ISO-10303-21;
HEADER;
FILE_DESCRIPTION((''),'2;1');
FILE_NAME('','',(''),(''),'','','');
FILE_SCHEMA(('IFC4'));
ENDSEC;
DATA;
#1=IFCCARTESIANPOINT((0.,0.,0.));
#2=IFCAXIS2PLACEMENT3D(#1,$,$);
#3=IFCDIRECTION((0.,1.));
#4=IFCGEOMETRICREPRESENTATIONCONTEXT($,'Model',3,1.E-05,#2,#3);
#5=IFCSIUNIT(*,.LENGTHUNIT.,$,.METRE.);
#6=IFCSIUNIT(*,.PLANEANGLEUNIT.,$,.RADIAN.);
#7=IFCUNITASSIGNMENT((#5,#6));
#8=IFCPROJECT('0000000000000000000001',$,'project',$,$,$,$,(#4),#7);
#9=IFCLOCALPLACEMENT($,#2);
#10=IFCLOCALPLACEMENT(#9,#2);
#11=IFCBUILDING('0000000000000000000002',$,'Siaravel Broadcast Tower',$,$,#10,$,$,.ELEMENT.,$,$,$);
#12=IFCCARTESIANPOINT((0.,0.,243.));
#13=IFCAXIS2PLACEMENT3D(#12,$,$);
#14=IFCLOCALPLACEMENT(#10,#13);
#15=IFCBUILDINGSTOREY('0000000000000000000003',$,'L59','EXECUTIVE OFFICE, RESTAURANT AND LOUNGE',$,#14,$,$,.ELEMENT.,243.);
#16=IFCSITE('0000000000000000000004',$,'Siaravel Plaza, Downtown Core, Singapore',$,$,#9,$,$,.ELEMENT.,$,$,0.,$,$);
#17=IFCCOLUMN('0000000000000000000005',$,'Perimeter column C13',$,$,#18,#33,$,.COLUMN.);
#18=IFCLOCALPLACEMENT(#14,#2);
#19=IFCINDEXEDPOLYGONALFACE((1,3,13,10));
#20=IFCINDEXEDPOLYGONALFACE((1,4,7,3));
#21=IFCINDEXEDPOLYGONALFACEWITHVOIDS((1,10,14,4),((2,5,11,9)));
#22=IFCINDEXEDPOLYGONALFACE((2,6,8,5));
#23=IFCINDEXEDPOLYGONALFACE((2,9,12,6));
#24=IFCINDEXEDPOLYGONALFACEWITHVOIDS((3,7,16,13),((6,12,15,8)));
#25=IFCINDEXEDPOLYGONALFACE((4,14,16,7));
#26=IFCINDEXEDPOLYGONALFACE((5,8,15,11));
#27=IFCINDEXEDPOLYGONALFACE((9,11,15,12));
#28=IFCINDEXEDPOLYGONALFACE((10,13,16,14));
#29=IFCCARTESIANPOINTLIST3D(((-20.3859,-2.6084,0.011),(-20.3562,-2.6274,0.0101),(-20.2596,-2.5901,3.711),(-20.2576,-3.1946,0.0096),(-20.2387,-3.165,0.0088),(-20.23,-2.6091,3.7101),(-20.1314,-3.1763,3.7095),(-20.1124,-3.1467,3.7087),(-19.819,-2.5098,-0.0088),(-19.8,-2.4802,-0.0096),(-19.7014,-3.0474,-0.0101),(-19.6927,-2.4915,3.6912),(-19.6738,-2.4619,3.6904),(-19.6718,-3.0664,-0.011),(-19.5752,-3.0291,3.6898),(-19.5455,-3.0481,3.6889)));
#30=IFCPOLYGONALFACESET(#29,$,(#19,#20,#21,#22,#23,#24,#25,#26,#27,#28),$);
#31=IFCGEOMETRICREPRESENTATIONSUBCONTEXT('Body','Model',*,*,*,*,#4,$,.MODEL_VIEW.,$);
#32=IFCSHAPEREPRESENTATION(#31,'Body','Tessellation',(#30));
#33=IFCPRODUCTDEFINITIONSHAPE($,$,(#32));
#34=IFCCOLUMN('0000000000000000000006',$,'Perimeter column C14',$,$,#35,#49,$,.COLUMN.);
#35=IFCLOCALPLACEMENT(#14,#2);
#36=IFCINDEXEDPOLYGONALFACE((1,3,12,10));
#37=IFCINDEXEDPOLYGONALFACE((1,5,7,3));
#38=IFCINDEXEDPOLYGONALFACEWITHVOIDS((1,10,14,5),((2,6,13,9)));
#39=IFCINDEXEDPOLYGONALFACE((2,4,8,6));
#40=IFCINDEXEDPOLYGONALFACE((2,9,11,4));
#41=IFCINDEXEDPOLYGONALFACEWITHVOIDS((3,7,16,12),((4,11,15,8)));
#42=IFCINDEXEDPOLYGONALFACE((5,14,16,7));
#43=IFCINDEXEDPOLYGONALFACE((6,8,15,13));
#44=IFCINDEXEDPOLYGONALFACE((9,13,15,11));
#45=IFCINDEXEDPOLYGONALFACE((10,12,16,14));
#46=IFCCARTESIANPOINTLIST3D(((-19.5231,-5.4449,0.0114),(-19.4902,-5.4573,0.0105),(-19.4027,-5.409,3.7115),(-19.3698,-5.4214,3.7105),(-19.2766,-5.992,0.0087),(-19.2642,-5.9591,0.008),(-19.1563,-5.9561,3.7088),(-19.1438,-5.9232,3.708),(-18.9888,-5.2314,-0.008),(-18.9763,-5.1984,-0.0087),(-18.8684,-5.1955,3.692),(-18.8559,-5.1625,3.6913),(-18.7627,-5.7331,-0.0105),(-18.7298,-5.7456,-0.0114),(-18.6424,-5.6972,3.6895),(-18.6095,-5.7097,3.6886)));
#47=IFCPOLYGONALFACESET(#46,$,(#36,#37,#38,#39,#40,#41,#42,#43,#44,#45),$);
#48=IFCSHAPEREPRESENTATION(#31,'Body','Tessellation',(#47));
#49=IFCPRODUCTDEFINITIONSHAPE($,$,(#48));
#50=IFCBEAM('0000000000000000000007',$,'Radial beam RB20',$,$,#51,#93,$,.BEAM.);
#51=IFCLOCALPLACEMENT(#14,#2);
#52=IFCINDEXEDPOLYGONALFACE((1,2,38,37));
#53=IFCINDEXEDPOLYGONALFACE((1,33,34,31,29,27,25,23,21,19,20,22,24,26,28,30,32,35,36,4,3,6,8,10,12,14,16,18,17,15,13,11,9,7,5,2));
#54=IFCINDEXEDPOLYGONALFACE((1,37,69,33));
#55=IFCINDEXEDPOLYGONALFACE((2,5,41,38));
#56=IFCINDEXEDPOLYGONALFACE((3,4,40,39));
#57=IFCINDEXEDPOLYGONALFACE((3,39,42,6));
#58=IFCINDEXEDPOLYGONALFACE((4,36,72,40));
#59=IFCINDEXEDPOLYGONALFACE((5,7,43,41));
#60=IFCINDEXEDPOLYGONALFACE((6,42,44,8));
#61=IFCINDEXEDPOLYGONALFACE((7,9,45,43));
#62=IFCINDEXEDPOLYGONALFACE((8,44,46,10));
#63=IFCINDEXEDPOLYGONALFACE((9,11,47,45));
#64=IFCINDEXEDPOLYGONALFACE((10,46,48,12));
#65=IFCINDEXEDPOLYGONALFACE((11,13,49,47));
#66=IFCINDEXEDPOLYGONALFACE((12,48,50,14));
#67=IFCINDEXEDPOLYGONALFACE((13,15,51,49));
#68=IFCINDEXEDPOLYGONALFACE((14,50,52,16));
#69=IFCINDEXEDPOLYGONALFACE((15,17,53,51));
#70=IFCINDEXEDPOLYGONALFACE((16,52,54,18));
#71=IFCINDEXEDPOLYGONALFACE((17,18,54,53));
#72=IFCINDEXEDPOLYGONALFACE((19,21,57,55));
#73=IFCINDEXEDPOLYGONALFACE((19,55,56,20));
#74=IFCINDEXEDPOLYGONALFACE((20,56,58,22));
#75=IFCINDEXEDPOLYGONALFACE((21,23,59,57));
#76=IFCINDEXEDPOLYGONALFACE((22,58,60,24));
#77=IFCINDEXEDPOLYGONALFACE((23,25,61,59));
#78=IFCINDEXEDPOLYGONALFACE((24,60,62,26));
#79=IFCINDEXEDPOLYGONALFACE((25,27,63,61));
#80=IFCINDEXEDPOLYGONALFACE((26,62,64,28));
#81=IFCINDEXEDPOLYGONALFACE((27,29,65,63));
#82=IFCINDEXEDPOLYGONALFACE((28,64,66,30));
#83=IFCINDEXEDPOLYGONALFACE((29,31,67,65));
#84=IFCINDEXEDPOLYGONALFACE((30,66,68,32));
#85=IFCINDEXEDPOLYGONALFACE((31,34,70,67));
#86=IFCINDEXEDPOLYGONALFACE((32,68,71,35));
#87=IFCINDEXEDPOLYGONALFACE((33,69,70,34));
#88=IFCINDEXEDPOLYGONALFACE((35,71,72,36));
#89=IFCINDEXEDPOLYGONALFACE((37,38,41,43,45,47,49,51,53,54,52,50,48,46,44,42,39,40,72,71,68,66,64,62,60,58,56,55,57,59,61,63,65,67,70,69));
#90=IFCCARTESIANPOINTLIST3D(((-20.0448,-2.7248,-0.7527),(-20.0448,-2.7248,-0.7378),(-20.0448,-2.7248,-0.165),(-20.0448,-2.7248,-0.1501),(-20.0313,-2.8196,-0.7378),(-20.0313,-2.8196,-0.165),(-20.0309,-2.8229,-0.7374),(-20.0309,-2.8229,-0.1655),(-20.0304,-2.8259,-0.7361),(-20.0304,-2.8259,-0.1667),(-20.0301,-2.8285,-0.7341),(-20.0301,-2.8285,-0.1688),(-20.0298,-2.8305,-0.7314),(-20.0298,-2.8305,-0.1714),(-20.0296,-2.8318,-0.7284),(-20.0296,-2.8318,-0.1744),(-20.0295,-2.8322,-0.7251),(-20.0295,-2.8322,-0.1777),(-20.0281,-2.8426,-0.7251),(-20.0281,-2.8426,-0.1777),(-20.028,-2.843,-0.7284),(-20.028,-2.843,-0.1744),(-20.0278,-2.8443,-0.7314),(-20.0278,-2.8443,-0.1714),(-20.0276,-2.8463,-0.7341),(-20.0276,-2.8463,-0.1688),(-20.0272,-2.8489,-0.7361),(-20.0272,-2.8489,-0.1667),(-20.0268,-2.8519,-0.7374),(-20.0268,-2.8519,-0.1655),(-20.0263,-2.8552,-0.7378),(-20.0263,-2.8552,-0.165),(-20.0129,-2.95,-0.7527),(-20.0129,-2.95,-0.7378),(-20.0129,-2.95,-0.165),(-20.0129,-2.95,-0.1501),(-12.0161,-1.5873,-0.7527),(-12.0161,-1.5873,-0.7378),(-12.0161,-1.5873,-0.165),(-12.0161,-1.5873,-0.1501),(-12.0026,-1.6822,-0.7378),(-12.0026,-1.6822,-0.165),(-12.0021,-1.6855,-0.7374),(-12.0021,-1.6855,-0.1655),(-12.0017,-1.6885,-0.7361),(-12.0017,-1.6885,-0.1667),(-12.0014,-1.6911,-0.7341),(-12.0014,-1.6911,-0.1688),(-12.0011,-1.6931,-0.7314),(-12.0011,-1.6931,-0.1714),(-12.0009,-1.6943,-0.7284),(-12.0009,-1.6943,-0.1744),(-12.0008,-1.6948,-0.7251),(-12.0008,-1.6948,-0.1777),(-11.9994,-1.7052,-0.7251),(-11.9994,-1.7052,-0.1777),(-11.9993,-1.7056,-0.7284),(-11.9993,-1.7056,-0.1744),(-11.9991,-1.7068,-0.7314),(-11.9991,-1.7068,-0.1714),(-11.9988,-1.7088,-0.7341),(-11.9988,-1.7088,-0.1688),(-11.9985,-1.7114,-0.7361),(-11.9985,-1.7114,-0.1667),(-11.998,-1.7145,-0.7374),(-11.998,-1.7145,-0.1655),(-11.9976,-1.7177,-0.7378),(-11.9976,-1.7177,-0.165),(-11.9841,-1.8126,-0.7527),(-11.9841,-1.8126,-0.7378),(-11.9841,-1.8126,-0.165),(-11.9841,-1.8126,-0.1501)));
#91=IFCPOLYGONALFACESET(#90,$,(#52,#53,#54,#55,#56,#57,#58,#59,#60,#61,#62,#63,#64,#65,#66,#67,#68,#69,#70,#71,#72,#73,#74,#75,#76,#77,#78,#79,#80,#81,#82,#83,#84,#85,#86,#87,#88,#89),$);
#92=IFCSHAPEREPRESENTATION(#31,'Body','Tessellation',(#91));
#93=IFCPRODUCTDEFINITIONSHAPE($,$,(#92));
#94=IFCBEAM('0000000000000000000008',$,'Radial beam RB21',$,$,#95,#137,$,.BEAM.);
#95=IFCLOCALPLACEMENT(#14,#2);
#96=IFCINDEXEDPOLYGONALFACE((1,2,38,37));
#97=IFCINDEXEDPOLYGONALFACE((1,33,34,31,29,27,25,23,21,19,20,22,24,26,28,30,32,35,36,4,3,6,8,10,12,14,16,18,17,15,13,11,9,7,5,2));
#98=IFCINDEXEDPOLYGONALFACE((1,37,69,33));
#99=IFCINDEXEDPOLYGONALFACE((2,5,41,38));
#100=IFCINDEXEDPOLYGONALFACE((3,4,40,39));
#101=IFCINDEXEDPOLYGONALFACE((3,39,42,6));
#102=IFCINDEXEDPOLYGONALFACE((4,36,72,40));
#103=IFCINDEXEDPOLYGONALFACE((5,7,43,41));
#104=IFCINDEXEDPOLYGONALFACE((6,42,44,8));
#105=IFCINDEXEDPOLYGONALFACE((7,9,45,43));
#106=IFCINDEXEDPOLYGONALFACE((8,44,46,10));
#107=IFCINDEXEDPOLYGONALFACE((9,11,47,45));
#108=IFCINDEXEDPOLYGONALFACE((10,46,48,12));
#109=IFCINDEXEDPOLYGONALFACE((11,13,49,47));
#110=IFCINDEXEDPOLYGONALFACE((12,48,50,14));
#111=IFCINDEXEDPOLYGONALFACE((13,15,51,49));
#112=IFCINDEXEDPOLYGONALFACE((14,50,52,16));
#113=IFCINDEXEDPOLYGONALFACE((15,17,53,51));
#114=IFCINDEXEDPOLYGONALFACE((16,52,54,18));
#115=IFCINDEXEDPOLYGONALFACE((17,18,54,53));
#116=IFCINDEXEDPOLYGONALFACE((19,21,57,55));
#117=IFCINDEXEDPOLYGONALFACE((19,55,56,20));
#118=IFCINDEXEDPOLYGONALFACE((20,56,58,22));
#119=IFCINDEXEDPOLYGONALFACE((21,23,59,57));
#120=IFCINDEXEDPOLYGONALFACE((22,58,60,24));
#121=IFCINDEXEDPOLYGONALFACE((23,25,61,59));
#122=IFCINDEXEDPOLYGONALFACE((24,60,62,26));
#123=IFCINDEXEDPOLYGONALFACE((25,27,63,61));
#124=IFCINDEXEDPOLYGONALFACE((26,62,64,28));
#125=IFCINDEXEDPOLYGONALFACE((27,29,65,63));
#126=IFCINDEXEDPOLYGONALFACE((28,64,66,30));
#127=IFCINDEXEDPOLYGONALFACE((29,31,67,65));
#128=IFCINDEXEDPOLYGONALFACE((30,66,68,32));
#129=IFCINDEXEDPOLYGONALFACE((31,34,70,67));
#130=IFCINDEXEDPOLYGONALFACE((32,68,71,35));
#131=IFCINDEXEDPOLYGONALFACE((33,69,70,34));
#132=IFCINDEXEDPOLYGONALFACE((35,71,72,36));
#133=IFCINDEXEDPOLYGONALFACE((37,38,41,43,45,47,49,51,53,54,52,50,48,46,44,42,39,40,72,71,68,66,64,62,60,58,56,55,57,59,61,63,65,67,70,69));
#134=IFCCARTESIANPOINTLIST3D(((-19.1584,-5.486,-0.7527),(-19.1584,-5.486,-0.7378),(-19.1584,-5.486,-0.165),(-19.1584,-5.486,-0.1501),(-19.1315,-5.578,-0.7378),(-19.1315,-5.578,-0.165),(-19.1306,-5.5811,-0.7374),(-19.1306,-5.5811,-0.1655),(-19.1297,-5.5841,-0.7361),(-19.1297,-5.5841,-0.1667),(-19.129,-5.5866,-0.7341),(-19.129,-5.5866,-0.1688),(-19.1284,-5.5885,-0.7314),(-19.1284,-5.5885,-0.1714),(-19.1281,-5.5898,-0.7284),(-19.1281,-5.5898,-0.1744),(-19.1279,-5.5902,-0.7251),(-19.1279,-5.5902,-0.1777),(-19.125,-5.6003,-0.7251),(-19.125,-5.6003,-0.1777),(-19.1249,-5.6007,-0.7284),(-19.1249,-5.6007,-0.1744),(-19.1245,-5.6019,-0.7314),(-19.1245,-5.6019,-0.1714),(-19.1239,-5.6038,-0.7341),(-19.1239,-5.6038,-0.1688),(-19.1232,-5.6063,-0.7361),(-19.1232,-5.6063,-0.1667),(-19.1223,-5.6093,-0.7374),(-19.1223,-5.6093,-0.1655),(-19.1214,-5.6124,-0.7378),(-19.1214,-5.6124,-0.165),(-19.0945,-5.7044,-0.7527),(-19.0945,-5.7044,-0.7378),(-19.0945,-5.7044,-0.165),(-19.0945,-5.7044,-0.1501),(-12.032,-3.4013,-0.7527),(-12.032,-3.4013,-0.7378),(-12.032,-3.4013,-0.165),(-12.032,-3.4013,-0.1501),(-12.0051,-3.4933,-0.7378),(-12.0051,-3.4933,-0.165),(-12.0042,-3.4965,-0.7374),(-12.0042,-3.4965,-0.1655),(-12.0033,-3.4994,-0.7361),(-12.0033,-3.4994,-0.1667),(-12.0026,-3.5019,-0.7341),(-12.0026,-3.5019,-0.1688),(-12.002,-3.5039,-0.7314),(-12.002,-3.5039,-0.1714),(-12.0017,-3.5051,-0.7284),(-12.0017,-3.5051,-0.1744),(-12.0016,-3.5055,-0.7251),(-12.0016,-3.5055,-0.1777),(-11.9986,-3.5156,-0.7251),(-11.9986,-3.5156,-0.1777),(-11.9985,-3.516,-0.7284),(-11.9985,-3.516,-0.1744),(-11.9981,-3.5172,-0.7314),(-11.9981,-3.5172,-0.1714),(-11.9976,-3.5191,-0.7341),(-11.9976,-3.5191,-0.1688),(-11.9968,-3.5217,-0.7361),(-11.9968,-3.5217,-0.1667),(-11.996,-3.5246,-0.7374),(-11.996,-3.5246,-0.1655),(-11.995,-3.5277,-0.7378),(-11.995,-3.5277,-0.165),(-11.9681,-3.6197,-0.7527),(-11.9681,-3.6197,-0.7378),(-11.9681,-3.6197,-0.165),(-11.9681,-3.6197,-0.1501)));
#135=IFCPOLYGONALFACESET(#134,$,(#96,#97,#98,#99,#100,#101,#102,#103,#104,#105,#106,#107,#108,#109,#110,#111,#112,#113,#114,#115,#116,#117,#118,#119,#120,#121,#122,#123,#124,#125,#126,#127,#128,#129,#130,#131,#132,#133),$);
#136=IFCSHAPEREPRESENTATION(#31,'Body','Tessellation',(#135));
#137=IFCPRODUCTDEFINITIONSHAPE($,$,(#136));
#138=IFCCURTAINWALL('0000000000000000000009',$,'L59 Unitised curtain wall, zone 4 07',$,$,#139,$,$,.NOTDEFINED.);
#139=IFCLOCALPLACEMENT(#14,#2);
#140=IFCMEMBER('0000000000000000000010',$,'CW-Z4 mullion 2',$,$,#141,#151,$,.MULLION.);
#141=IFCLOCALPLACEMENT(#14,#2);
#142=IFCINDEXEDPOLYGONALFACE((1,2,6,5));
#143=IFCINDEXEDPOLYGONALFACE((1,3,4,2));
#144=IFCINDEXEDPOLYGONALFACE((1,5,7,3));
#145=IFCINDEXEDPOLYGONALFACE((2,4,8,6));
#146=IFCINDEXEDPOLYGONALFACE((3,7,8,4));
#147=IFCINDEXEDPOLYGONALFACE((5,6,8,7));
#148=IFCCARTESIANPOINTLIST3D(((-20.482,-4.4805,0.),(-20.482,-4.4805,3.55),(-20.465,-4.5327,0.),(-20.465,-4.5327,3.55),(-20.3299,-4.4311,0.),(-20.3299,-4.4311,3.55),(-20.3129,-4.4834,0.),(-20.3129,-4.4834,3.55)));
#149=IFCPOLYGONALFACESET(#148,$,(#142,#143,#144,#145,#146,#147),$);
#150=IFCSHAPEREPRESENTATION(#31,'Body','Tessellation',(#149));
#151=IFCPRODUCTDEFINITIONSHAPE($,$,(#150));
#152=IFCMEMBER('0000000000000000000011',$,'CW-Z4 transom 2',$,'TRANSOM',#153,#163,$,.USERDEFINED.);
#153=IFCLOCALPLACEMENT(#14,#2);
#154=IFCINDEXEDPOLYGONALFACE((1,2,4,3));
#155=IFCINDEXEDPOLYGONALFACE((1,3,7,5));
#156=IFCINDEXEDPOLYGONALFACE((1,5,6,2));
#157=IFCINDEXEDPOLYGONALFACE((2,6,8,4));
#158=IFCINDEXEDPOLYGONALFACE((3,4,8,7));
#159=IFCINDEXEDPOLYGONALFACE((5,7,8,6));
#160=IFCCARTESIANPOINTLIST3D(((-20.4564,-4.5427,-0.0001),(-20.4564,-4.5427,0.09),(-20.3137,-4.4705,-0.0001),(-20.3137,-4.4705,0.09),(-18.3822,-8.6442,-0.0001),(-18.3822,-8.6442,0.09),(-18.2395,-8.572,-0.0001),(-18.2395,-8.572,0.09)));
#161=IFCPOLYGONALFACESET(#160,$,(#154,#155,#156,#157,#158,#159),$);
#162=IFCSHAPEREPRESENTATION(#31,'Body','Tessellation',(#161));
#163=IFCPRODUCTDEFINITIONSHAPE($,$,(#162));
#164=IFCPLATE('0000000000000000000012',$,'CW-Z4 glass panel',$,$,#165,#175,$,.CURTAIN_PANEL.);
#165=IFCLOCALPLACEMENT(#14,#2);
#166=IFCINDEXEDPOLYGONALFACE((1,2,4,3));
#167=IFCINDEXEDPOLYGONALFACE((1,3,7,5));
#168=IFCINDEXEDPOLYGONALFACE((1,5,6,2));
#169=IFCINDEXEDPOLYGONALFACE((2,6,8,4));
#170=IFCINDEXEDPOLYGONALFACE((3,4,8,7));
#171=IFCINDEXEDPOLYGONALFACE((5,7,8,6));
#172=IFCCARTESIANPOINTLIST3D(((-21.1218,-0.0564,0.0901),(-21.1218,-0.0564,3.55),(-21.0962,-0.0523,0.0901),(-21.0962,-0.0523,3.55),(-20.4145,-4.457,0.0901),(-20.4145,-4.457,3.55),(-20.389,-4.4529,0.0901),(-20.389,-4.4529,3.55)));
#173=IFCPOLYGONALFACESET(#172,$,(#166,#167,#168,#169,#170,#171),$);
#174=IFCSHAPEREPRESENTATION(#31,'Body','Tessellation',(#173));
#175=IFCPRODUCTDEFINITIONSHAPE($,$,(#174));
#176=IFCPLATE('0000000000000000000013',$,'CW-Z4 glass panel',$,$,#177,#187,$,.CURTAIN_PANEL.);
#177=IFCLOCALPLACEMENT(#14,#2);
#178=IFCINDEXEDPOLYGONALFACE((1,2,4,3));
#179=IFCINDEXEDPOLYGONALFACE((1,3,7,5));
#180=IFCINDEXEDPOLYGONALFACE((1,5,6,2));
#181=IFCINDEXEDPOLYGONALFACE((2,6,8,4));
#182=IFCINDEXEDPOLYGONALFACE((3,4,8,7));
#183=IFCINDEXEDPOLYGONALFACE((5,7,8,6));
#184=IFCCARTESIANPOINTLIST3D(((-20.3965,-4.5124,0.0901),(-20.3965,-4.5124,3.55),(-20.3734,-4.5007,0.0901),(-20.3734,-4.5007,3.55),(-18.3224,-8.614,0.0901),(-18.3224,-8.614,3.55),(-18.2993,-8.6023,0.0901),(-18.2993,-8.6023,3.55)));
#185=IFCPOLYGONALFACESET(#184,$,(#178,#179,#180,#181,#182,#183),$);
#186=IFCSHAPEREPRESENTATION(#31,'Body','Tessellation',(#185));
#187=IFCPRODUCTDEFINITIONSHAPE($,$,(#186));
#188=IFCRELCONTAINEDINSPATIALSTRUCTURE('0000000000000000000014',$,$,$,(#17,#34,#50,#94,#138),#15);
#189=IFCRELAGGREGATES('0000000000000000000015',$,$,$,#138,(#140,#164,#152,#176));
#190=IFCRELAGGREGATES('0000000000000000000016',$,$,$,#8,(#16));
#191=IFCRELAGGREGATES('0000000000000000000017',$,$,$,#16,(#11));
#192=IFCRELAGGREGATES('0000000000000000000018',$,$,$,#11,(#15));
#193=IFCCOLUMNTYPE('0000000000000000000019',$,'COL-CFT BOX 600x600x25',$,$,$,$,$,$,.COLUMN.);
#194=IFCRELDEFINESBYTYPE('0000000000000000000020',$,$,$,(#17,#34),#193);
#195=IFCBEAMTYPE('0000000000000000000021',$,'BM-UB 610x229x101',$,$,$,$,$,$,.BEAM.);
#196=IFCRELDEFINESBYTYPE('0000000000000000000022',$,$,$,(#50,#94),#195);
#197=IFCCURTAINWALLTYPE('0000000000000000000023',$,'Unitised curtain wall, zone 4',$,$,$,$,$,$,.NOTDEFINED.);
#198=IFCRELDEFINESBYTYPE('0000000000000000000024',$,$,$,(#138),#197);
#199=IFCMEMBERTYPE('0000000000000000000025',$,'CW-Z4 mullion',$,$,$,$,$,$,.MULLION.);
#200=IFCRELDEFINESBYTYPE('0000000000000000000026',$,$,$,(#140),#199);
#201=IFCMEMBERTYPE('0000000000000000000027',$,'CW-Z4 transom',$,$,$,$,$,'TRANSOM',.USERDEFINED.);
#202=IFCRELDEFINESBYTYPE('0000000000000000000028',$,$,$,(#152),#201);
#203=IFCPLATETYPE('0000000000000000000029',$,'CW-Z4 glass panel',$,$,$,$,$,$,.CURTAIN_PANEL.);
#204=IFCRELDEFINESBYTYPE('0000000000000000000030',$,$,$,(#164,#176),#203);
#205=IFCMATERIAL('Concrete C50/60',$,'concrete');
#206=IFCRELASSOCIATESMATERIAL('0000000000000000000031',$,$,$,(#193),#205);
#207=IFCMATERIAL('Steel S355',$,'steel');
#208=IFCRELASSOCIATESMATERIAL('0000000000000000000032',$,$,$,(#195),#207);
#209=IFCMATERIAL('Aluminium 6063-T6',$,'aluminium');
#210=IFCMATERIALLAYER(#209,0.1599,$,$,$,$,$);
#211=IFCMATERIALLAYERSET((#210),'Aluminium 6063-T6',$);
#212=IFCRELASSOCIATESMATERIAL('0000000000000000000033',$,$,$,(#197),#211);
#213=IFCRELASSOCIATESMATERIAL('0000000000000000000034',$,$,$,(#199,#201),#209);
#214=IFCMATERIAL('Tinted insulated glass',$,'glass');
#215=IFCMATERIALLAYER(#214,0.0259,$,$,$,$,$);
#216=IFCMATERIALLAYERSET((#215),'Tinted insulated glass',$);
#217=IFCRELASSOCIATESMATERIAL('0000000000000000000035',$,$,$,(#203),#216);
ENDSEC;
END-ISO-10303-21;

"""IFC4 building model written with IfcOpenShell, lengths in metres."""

from ifc_helpers import new_model, si_unit, direction, frame, origin, origin_2d, place, context, subcontext, project, spatial, rectangle, hollow_rectangle, i_section, extrude, material, layer, layer_set, material_profile, profile_set, type_object, element, aggregate, save


model = new_model("IFC4")

# Units and contexts
model_context = context("Model", 3, precision=1e-05, world=origin(), true_north=direction((0.0, 1.0)))
body_context = subcontext(model_context, "Body", "Model", "MODEL_VIEW")
ifc_project = project(units=[si_unit("LENGTHUNIT", "METRE"), si_unit("PLANEANGLEUNIT", "RADIAN")], contexts=[model_context])

# Site, building, storey
site_placement = place(None, origin())
site = spatial("IfcSite", under=ifc_project, at=site_placement, Name="Siaravel Plaza, Downtown Core, Singapore", CompositionType="ELEMENT", RefElevation=0.0)
building_placement = place(site_placement, origin())
building = spatial("IfcBuilding", under=site, at=building_placement, Name="Siaravel Broadcast Tower", CompositionType="ELEMENT")
storey_placement = place(building_placement, frame((0.0, 0.0, 243.0)))
storey = spatial("IfcBuildingStorey", under=building, at=storey_placement, Name="L59", Description="EXECUTIVE OFFICE, RESTAURANT AND LOUNGE", CompositionType="ELEMENT", Elevation=243.0)

# Columns
ifc_material_1 = material(Name="Concrete C50/60", Category="concrete")
ifc_material_profile_1 = material_profile(ifc_material_1, hollow_rectangle(XDim=0.6001, YDim=0.6001, WallThickness=0.0249, at=origin_2d()))
ifc_profile_set_1 = profile_set([ifc_material_profile_1], Name="Concrete C50/60")
column_type = type_object("IfcColumnType", Name="COL-CFT BOX 600x600x25", PredefinedType="COLUMN", material=ifc_profile_set_1)
for number, where, z_axis, x_axis, name in (
    (1, (-20.0288, -2.8374, 0.0), (0.034094, 0.004946, 0.999406), (-0.213657, 0.976906, 0.002454), "Perimeter column C13"),
    (2, (-19.1265, -5.5952, 0.0), (0.032512, 0.009694, 0.999424), (-0.410713, 0.911754, 0.004517), "Perimeter column C14"),
):
    element("IfcColumn", number, at=place(storey_placement, frame(where, z_axis=z_axis, x_axis=x_axis)), inside=storey, type_object=column_type, Name=name, PredefinedType="COLUMN", context=body_context, shape_type="SweptSolid", body=[
        extrude(hollow_rectangle(XDim=0.6001, YDim=0.6001, WallThickness=0.0249, at=origin_2d()), origin(), (0.0, 0.0, 1.0), 3.7021),
    ])

# Beams
ifc_material_2 = material(Name="Steel S355", Category="steel")
ifc_material_profile_2 = material_profile(ifc_material_2, i_section(OverallWidth=0.2275, OverallDepth=0.6025, WebThickness=0.0105, FlangeThickness=0.0149, FilletRadius=0.0127, at=origin_2d()))
ifc_profile_set_2 = profile_set([ifc_material_profile_2], Name="Steel S355")
beam_type = type_object("IfcBeamType", Name="BM-UB 610x229x101", PredefinedType="BEAM", material=ifc_profile_set_2)
beam_1_placement = place(storey_placement, frame((-20.0288, -2.8374, -0.4514), z_axis=(0.990113, 0.140271, 0.0), x_axis=(-0.140271, 0.990113, 0.0)))
element("IfcBeam", 3, at=beam_1_placement, inside=storey, type_object=beam_type, Name="Radial beam RB20", PredefinedType="BEAM", context=body_context, shape_type="SweptSolid", body=[
    extrude(i_section(OverallWidth=0.2275, OverallDepth=0.6025, WebThickness=0.0105, FlangeThickness=0.0149, FilletRadius=0.0127, at=origin_2d()), origin(), (0.0, 0.0, 1.0), 8.1089),
])
beam_2_placement = place(storey_placement, frame((-19.1265, -5.5952, -0.4514), z_axis=(0.959777, 0.280765, 0.0), x_axis=(-0.280765, 0.959777, 0.0)))
element("IfcBeam", 4, at=beam_2_placement, inside=storey, type_object=beam_type, Name="Radial beam RB21", PredefinedType="BEAM", context=body_context, shape_type="SweptSolid", body=[
    extrude(i_section(OverallWidth=0.2275, OverallDepth=0.6025, WebThickness=0.0105, FlangeThickness=0.0149, FilletRadius=0.0127, at=origin_2d()), origin(), (0.0, 0.0, 1.0), 7.425),
])

# Curtain wall, members, plates
ifc_material_3 = material(Name="Aluminium 6063-T6", Category="aluminium")
ifc_layer_1 = layer(ifc_material_3, 0.1599)
ifc_layer_set_1 = layer_set([ifc_layer_1], Name="Aluminium 6063-T6")
curtain_wall_type = type_object("IfcCurtainWallType", Name="Unitised curtain wall, zone 4", PredefinedType="NOTDEFINED", material=ifc_layer_set_1)
curtain_wall_placement = place(storey_placement, origin())
curtain_wall = element("IfcCurtainWall", 5, at=curtain_wall_placement, inside=storey, type_object=curtain_wall_type, Name="L59 Unitised curtain wall, zone 4 07", PredefinedType="NOTDEFINED")
ifc_material_profile_3 = material_profile(ifc_material_3, rectangle(XDim=0.1599, YDim=0.0549, at=origin_2d()))
ifc_profile_set_3 = profile_set([ifc_material_profile_3], Name="Aluminium 6063-T6")
member_type_1 = type_object("IfcMemberType", Name="CW-Z4 mullion", PredefinedType="MULLION", material=ifc_profile_set_3)
member_1_placement = place(storey_placement, frame((-20.3975, -4.4819, 0.0), z_axis=(0.0, 0.0, 1.0), x_axis=(0.951178, 0.308644, 0.0)))
member_1 = element("IfcMember", 6, at=member_1_placement, type_object=member_type_1, Name="CW-Z4 mullion 2", PredefinedType="MULLION", context=body_context, shape_type="SweptSolid", body=[
    extrude(rectangle(XDim=0.1599, YDim=0.0549, at=origin_2d()), origin(), (0.0, 0.0, 1.0), 3.55),
])
ifc_material_profile_4 = material_profile(ifc_material_3, rectangle(XDim=0.1599, YDim=0.0901, at=origin_2d()))
ifc_profile_set_4 = profile_set([ifc_material_profile_4], Name="Aluminium 6063-T6")
member_type_2 = type_object("IfcMemberType", Name="CW-Z4 transom", ElementType="TRANSOM", PredefinedType="USERDEFINED", material=ifc_profile_set_4)
member_2_placement = place(storey_placement, frame((-20.385, -4.5066, 0.0449), z_axis=(0.451288, -0.892378, 0.0), x_axis=(0.892378, 0.451288, 0.0)))
member_2 = element("IfcMember", 7, at=member_2_placement, type_object=member_type_2, Name="CW-Z4 transom 2", ObjectType="TRANSOM", PredefinedType="USERDEFINED", context=body_context, shape_type="SweptSolid", body=[
    extrude(rectangle(XDim=0.1599, YDim=0.0901, at=origin_2d()), origin(), (0.0, 0.0, 1.0), 4.5962),
])
ifc_material_4 = material(Name="Tinted insulated glass", Category="glass")
ifc_layer_2 = layer(ifc_material_4, 0.0259)
ifc_layer_set_2 = layer_set([ifc_layer_2], Name="Tinted insulated glass")
plate_type = type_object("IfcPlateType", Name="CW-Z4 glass panel", PredefinedType="CURTAIN_PANEL", material=ifc_layer_set_2)
plate_1_placement = place(storey_placement, frame((-20.7554, -2.2546, 0.0901), z_axis=(0.0, 0.0, 1.0), x_axis=(0.158685, -0.987329, 0.0)))
plate_1 = element("IfcPlate", 8, at=plate_1_placement, type_object=plate_type, Name="CW-Z4 glass panel", PredefinedType="CURTAIN_PANEL", context=body_context, shape_type="SweptSolid", body=[
    extrude(rectangle(XDim=4.457, YDim=0.0259, at=origin_2d()), origin(), (0.0, 0.0, 1.0), 3.46),
])
plate_2_placement = place(storey_placement, frame((-19.3479, -6.5574, 0.0901), z_axis=(0.0, 0.0, 1.0), x_axis=(0.451259, -0.892393, 0.0)))
plate_2 = element("IfcPlate", 9, at=plate_2_placement, type_object=plate_type, Name="CW-Z4 glass panel", PredefinedType="CURTAIN_PANEL", context=body_context, shape_type="SweptSolid", body=[
    extrude(rectangle(XDim=4.5962, YDim=0.0259, at=origin_2d()), origin(), (0.0, 0.0, 1.0), 3.46),
])
aggregate(curtain_wall, [member_1, plate_1, member_2, plate_2])

save(model, "model.ifc")
